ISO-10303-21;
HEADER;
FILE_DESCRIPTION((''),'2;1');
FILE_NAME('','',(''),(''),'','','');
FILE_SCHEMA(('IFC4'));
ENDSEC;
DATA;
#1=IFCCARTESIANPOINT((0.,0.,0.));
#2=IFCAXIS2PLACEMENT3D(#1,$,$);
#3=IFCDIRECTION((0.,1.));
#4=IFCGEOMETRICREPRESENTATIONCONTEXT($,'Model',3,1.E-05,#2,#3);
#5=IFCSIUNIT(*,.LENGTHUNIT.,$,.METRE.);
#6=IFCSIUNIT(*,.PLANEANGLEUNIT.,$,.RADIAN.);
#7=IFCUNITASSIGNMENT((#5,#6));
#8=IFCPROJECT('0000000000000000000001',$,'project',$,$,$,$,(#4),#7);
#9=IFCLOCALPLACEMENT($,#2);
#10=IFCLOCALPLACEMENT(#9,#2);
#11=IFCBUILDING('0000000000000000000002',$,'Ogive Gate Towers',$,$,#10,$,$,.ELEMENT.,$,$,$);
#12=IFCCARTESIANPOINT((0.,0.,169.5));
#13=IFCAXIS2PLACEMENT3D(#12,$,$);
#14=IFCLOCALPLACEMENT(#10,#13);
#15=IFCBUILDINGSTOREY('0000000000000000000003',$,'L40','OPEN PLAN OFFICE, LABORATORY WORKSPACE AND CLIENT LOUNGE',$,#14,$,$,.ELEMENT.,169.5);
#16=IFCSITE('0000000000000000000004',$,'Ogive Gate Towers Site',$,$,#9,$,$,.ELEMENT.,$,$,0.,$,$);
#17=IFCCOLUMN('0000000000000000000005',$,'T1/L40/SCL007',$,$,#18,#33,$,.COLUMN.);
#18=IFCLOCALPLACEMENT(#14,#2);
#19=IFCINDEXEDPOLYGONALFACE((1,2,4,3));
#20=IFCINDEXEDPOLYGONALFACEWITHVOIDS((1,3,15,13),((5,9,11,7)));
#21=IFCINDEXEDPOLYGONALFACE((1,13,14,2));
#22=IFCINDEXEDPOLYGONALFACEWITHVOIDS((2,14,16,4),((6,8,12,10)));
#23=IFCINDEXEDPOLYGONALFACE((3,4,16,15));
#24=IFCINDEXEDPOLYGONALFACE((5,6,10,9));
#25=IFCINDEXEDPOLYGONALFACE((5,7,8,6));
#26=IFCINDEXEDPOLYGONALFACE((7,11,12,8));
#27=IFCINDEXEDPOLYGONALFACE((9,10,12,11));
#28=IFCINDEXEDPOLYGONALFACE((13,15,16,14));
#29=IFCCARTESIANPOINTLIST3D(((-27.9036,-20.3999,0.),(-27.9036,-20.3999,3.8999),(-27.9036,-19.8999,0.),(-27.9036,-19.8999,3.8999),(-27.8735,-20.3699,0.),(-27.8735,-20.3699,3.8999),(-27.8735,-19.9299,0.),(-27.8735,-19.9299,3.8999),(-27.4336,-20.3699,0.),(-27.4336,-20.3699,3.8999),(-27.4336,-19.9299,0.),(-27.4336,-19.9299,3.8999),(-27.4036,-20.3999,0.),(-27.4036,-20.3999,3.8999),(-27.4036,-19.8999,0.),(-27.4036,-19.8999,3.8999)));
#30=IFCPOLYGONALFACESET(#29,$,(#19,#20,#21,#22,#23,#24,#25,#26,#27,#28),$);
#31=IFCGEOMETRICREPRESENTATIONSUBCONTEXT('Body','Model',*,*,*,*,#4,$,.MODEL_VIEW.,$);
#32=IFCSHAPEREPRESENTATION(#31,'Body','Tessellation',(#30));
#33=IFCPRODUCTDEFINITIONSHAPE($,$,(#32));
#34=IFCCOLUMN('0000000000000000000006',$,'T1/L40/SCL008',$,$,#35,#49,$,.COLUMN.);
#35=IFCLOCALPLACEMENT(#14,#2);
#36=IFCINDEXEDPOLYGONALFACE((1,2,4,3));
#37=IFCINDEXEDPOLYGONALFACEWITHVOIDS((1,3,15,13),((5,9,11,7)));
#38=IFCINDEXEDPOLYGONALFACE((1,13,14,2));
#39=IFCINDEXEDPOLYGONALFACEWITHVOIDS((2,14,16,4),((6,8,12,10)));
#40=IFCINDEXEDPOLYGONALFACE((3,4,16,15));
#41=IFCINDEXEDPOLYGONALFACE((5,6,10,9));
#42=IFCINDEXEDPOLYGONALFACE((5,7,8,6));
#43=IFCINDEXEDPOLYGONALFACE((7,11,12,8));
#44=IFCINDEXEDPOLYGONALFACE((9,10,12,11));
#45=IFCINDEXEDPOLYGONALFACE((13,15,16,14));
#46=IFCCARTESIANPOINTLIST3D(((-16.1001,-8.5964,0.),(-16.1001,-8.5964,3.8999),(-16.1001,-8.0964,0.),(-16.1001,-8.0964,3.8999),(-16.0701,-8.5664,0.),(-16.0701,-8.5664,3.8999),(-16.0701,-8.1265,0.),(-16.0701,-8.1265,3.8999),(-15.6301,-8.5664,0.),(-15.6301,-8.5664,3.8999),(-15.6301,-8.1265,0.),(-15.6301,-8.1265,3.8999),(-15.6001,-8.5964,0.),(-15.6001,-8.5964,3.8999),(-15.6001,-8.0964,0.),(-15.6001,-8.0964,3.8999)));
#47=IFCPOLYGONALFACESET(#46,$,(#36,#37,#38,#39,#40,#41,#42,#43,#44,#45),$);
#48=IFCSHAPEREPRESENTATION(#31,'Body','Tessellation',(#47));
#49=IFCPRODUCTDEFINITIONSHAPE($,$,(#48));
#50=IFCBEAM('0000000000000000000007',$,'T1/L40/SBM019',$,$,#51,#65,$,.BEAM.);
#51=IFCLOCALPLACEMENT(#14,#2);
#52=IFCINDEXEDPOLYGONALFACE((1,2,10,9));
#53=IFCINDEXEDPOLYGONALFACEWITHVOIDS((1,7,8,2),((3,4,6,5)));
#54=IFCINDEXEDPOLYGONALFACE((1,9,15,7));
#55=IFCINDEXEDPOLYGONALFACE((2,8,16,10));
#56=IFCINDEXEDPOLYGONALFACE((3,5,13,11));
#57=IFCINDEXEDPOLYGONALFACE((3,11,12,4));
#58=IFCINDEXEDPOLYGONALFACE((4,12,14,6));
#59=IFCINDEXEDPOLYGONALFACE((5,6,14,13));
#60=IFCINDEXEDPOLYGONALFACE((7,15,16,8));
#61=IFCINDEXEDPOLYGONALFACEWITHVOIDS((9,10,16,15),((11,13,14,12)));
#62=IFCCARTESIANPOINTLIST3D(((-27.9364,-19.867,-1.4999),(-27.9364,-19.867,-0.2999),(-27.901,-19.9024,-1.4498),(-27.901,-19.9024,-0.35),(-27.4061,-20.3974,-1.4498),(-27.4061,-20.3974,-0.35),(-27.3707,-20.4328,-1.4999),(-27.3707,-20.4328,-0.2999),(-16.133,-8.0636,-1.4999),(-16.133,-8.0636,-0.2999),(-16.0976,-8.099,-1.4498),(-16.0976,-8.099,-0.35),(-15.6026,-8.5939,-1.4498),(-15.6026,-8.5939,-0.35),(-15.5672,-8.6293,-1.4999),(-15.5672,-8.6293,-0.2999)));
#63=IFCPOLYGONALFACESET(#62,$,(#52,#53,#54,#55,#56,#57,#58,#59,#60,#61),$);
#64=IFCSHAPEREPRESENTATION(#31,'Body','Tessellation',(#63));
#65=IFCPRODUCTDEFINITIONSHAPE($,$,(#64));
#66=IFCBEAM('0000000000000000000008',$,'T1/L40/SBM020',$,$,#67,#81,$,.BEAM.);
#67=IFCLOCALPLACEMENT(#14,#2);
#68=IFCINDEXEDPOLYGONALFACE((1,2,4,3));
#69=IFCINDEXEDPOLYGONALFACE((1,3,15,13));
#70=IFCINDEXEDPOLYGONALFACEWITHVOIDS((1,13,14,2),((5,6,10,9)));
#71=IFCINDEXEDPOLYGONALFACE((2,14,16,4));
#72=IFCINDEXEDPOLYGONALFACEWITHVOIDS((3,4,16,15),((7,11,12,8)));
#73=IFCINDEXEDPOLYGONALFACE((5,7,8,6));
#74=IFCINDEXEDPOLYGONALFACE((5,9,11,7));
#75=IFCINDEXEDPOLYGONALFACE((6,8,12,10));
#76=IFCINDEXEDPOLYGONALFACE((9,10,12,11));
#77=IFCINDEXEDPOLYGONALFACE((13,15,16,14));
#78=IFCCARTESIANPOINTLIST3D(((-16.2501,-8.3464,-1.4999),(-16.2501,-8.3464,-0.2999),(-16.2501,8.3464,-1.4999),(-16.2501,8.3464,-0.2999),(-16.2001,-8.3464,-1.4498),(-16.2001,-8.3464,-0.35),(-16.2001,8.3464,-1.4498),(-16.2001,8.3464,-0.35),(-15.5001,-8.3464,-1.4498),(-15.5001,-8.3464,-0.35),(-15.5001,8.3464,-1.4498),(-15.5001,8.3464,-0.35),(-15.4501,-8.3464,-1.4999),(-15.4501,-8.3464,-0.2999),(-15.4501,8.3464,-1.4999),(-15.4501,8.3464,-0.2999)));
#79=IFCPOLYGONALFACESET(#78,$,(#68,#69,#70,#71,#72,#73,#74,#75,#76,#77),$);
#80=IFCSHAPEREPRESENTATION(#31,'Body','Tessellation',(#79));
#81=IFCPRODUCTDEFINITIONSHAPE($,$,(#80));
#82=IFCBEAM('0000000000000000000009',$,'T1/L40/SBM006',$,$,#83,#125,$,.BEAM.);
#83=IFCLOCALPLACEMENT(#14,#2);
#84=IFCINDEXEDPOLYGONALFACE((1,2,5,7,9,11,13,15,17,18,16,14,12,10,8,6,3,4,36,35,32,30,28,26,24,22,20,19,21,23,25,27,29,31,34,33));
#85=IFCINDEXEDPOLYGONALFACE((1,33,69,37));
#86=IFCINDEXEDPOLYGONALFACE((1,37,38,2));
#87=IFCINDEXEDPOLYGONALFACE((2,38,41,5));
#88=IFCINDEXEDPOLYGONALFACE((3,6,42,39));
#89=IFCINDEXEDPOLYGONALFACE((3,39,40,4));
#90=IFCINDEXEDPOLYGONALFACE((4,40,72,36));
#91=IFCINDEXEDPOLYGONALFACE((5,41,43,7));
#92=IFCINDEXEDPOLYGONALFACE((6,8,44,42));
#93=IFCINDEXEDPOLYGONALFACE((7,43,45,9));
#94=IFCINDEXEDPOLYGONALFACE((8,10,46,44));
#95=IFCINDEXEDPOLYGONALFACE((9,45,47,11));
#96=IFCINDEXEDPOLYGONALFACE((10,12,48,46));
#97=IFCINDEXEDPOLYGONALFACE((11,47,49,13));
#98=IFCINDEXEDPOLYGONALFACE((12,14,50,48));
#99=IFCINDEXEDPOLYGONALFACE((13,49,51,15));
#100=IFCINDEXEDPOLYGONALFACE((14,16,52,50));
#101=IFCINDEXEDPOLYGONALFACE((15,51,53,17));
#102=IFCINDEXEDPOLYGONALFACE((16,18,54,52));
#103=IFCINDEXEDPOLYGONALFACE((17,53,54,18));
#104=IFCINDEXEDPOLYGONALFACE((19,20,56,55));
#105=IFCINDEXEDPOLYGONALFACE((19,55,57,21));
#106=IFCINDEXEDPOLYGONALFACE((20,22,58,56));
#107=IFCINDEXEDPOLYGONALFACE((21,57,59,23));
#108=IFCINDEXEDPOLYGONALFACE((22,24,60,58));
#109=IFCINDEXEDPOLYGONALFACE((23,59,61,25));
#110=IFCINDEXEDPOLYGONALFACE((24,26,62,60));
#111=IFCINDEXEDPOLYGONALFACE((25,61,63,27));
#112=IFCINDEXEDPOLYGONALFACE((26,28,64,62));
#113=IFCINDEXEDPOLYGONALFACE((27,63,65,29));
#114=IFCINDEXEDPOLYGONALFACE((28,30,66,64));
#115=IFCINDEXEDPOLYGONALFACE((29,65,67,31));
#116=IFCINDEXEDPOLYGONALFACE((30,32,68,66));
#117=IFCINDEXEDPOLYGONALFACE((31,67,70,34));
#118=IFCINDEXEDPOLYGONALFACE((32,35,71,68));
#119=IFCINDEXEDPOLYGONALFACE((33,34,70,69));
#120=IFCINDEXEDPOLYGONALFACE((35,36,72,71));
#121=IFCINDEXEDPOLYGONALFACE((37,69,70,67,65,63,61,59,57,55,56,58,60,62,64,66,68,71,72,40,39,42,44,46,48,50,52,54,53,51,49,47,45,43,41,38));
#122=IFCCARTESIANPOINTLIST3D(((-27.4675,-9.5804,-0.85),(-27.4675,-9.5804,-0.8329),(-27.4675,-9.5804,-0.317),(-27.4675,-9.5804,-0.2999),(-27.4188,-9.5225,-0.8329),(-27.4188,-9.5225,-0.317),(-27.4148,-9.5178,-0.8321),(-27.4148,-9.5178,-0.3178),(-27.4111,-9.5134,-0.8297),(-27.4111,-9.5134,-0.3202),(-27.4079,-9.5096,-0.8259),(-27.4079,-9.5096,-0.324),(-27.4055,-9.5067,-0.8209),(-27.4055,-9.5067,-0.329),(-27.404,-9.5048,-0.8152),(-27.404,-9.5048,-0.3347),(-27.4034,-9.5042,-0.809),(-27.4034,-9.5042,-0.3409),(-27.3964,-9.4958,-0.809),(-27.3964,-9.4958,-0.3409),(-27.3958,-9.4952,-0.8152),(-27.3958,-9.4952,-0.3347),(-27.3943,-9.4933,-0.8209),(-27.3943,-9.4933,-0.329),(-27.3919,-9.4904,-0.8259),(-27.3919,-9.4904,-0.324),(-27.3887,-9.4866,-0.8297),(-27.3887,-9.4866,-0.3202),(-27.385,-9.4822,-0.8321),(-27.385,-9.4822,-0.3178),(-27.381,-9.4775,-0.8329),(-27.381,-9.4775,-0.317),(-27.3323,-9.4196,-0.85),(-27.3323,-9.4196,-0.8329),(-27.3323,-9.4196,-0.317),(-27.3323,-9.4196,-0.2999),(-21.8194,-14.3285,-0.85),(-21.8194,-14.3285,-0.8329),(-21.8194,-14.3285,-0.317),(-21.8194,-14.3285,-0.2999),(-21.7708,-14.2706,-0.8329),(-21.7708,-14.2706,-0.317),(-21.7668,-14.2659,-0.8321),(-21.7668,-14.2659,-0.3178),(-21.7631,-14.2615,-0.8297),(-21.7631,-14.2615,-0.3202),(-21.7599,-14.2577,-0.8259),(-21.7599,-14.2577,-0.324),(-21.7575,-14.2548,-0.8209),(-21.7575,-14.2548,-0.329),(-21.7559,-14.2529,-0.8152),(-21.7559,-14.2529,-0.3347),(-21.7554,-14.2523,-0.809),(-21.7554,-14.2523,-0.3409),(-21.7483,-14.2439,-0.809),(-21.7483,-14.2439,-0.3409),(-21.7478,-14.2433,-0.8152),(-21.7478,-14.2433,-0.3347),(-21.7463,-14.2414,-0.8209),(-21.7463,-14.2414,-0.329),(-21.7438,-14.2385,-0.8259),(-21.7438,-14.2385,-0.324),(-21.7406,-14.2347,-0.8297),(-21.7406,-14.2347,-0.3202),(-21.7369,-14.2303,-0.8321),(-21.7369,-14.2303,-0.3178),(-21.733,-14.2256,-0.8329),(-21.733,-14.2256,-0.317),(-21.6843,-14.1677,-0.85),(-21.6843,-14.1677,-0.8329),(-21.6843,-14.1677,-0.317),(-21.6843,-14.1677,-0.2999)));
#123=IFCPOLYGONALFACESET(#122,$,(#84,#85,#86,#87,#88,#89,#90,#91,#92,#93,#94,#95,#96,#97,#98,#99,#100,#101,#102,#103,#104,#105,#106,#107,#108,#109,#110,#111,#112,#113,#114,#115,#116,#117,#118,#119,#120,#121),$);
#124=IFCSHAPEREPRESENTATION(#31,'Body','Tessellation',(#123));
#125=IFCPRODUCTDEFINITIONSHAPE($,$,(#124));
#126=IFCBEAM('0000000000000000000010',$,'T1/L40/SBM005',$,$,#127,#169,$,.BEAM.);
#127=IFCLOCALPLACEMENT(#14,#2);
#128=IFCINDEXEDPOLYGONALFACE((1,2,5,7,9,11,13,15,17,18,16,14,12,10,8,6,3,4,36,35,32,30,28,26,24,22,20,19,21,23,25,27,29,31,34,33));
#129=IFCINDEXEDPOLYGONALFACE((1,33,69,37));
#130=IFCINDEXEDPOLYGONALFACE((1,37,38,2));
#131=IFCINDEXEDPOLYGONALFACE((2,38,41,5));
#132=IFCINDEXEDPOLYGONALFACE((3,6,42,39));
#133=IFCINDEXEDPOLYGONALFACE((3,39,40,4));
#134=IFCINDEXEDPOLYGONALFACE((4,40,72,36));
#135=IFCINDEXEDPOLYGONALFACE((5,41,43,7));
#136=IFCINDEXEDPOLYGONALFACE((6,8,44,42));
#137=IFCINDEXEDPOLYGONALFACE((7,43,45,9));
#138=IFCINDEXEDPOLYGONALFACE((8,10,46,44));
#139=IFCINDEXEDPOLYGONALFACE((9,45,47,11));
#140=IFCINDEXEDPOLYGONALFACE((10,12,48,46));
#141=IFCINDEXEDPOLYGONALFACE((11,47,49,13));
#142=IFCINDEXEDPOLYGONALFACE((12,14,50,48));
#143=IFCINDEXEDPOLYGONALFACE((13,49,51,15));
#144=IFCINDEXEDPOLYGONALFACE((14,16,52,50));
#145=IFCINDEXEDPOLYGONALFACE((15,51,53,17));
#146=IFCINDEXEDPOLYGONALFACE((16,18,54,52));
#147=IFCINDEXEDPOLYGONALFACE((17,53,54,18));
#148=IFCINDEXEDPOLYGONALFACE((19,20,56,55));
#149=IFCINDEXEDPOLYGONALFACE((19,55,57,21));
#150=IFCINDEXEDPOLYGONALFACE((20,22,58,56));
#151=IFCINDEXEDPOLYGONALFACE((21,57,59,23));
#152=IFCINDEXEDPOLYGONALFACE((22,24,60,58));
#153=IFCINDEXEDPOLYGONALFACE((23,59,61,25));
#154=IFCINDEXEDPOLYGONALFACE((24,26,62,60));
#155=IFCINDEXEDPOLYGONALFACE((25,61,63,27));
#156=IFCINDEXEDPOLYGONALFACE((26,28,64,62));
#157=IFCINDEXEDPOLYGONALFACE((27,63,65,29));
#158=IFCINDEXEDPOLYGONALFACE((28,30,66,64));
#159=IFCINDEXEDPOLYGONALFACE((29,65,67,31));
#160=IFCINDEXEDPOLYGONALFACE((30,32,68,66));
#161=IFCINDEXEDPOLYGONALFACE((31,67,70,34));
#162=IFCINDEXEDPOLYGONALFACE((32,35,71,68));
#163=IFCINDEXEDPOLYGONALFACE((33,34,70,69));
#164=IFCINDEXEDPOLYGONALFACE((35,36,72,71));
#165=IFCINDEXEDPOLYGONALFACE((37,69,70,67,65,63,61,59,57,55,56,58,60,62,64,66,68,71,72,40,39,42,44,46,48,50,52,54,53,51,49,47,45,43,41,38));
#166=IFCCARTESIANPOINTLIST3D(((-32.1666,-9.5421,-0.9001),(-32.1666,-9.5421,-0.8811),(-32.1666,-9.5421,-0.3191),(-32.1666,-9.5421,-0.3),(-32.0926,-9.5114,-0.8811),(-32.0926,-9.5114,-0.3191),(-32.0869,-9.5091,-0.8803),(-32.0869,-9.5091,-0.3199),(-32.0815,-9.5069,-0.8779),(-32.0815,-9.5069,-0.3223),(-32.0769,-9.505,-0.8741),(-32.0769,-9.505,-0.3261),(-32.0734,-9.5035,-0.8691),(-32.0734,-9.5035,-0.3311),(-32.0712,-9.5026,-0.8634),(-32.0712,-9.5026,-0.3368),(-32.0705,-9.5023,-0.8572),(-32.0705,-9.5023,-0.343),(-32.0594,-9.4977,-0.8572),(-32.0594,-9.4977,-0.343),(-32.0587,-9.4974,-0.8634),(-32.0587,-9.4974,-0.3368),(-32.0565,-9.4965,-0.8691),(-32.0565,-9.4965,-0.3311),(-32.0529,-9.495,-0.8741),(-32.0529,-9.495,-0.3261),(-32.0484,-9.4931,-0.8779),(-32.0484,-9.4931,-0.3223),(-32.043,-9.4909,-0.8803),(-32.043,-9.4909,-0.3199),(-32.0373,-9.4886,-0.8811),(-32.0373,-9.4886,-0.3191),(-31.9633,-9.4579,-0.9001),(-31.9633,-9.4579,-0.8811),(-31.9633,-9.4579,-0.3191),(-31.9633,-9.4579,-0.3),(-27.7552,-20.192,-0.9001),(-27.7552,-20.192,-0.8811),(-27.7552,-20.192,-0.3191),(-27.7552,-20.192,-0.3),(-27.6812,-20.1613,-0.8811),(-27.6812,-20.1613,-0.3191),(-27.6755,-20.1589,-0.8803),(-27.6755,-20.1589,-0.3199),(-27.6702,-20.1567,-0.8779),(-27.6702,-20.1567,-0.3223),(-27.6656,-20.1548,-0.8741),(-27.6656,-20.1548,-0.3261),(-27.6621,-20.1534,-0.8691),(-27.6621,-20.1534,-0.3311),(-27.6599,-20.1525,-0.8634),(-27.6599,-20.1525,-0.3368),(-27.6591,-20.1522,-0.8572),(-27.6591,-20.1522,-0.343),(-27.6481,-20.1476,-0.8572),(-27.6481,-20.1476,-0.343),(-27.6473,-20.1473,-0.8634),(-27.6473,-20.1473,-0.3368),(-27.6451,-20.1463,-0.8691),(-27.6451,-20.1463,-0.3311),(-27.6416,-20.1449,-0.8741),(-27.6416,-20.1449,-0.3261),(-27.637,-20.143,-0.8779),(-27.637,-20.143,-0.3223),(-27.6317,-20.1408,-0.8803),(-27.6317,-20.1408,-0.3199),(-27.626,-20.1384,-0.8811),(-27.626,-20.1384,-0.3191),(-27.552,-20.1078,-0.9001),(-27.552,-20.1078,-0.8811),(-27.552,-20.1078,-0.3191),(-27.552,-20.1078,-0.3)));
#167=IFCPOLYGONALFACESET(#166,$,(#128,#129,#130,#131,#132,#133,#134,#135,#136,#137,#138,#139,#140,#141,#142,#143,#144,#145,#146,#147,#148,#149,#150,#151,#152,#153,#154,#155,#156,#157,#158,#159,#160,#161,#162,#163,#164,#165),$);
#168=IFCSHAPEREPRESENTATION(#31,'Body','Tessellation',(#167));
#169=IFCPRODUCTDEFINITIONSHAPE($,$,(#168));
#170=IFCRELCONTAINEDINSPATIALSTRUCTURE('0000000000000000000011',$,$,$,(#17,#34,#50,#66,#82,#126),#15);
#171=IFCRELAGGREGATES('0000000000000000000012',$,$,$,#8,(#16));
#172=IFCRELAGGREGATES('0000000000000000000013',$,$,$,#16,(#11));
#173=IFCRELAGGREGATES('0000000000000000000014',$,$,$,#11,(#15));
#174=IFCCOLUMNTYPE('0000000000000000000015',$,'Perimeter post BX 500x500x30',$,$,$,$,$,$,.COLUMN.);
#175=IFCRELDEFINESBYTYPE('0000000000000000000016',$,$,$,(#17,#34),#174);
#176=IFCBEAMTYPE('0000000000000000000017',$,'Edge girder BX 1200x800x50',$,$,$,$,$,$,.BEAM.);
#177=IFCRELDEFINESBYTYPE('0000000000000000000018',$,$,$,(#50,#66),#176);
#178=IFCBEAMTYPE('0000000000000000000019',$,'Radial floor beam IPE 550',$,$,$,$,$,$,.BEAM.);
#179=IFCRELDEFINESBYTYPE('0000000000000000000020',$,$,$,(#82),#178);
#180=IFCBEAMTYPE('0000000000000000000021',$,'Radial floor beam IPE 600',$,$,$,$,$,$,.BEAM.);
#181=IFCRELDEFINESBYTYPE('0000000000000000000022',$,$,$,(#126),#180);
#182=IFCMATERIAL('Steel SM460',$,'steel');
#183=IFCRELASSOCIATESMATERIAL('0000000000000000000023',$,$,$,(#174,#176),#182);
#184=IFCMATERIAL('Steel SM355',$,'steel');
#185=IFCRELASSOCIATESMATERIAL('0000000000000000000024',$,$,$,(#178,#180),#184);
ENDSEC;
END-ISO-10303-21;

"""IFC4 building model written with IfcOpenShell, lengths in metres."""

from ifc_helpers import new_model, si_unit, direction, frame, origin, origin_2d, place, context, subcontext, project, spatial, hollow_rectangle, i_section, extrude, material, material_profile, profile_set, type_object, element, save


model = new_model("IFC4")

# Units and contexts
model_context = context("Model", 3, precision=1e-05, world=origin(), true_north=direction((0.0, 1.0)))
body_context = subcontext(model_context, "Body", "Model", "MODEL_VIEW")
ifc_project = project(units=[si_unit("LENGTHUNIT", "METRE"), si_unit("PLANEANGLEUNIT", "RADIAN")], contexts=[model_context])

# Site, building, storey
site_placement = place(None, origin())
site = spatial("IfcSite", under=ifc_project, at=site_placement, Name="Ogive Gate Towers Site", CompositionType="ELEMENT", RefElevation=0.0)
building_placement = place(site_placement, origin())
building = spatial("IfcBuilding", under=site, at=building_placement, Name="Ogive Gate Towers", CompositionType="ELEMENT")
storey_placement = place(building_placement, frame((0.0, 0.0, 169.5)))
storey = spatial("IfcBuildingStorey", under=building, at=storey_placement, Name="L40", Description="OPEN PLAN OFFICE, LABORATORY WORKSPACE AND CLIENT LOUNGE", CompositionType="ELEMENT", Elevation=169.5)

# Columns
ifc_material_1 = material(Name="Steel SM460", Category="steel")
ifc_material_profile_1 = material_profile(ifc_material_1, hollow_rectangle(XDim=0.5, YDim=0.5, WallThickness=0.03, at=origin_2d()), Name="BX 500x500x30")
ifc_profile_set_1 = profile_set([ifc_material_profile_1], Name="Steel SM460")
column_type = type_object("IfcColumnType", Name="Perimeter post BX 500x500x30", PredefinedType="COLUMN", material=ifc_profile_set_1)
for number, where, z_axis, x_axis, name in (
    (1, (-27.6536, -20.1499, 0.0), (0.0, 0.0, 1.0), (1.0, 0.0, 0.0), "T1/L40/SCL007"),
    (2, (-15.8501, -8.3464, 0.0), (0.0, 0.0, 1.0), (1.0, 0.0, 0.0), "T1/L40/SCL008"),
):
    element("IfcColumn", number, at=place(storey_placement, frame(where, z_axis=z_axis, x_axis=x_axis)), inside=storey, type_object=column_type, Name=name, PredefinedType="COLUMN", context=body_context, shape_type="SweptSolid", body=[
        extrude(hollow_rectangle(XDim=0.5, YDim=0.5, WallThickness=0.03, at=origin_2d()), origin(), (0.0, 0.0, 1.0), 3.8999),
    ])

# Beams
ifc_material_profile_2 = material_profile(ifc_material_1, hollow_rectangle(XDim=0.8, YDim=1.2, WallThickness=0.05, at=origin_2d()), Name="BX 1200x800x50")
ifc_profile_set_2 = profile_set([ifc_material_profile_2], Name="Steel SM460")
beam_type_1 = type_object("IfcBeamType", Name="Edge girder BX 1200x800x50", PredefinedType="BEAM", material=ifc_profile_set_2)
beam_1_placement = place(storey_placement, frame((-27.6536, -20.1499, -0.8999), z_axis=(0.707107, 0.707107, 0.0), x_axis=(-0.707107, 0.707107, 0.0)))
element("IfcBeam", 3, at=beam_1_placement, inside=storey, type_object=beam_type_1, Name="T1/L40/SBM019", PredefinedType="BEAM", context=body_context, shape_type="SweptSolid", body=[
    extrude(hollow_rectangle(XDim=0.8, YDim=1.2, WallThickness=0.05, at=origin_2d()), origin(), (0.0, 0.0, 1.0), 16.6926),
])
beam_2_placement = place(storey_placement, frame((-15.8501, -8.3464, -0.8999), z_axis=(0.0, 1.0, 0.0), x_axis=(-1.0, 0.0, 0.0)))
element("IfcBeam", 4, at=beam_2_placement, inside=storey, type_object=beam_type_1, Name="T1/L40/SBM020", PredefinedType="BEAM", context=body_context, shape_type="SweptSolid", body=[
    extrude(hollow_rectangle(XDim=0.8, YDim=1.2, WallThickness=0.05, at=origin_2d()), origin(), (0.0, 0.0, 1.0), 16.6929),
])
ifc_material_2 = material(Name="Steel SM355", Category="steel")
ifc_material_profile_3 = material_profile(ifc_material_2, i_section(OverallWidth=0.21, OverallDepth=0.55, WebThickness=0.011, FlangeThickness=0.0171, FilletRadius=0.0239, at=origin_2d()), Name="IPE 550")
ifc_profile_set_3 = profile_set([ifc_material_profile_3], Name="Steel SM355")
beam_type_2 = type_object("IfcBeamType", Name="Radial floor beam IPE 550", PredefinedType="BEAM", material=ifc_profile_set_3)
beam_3_placement = place(storey_placement, frame((-27.3999, -9.5, -0.575), z_axis=(0.765453, -0.643492, 0.0), x_axis=(0.643492, 0.765453, 0.0)))
element("IfcBeam", 5, at=beam_3_placement, inside=storey, type_object=beam_type_2, Name="T1/L40/SBM006", PredefinedType="BEAM", context=body_context, shape_type="SweptSolid", body=[
    extrude(i_section(OverallWidth=0.21, OverallDepth=0.55, WebThickness=0.011, FlangeThickness=0.0171, FilletRadius=0.0239, at=origin_2d()), origin(), (0.0, 0.0, 1.0), 7.3787),
])
ifc_material_profile_4 = material_profile(ifc_material_2, i_section(OverallWidth=0.22, OverallDepth=0.6001, WebThickness=0.012, FlangeThickness=0.019, FilletRadius=0.0239, at=origin_2d()), Name="IPE 600")
ifc_profile_set_4 = profile_set([ifc_material_profile_4], Name="Steel SM355")
beam_type_3 = type_object("IfcBeamType", Name="Radial floor beam IPE 600", PredefinedType="BEAM", material=ifc_profile_set_4)
for number, where, z_axis, x_axis, name in (
    (6, (-32.0649, -9.5, -0.6001), (0.382687, -0.923878, 0.0), (0.923878, 0.382687, 0.0), "T1/L40/SBM005"),
):
    element("IfcBeam", number, at=place(storey_placement, frame(where, z_axis=z_axis, x_axis=x_axis)), inside=storey, type_object=beam_type_3, Name=name, PredefinedType="BEAM", context=body_context, shape_type="SweptSolid", body=[
        extrude(i_section(OverallWidth=0.22, OverallDepth=0.6001, WebThickness=0.012, FlangeThickness=0.019, FilletRadius=0.0239, at=origin_2d()), origin(), (0.0, 0.0, 1.0), 11.5273),
    ])

save(model, "model.ifc")
